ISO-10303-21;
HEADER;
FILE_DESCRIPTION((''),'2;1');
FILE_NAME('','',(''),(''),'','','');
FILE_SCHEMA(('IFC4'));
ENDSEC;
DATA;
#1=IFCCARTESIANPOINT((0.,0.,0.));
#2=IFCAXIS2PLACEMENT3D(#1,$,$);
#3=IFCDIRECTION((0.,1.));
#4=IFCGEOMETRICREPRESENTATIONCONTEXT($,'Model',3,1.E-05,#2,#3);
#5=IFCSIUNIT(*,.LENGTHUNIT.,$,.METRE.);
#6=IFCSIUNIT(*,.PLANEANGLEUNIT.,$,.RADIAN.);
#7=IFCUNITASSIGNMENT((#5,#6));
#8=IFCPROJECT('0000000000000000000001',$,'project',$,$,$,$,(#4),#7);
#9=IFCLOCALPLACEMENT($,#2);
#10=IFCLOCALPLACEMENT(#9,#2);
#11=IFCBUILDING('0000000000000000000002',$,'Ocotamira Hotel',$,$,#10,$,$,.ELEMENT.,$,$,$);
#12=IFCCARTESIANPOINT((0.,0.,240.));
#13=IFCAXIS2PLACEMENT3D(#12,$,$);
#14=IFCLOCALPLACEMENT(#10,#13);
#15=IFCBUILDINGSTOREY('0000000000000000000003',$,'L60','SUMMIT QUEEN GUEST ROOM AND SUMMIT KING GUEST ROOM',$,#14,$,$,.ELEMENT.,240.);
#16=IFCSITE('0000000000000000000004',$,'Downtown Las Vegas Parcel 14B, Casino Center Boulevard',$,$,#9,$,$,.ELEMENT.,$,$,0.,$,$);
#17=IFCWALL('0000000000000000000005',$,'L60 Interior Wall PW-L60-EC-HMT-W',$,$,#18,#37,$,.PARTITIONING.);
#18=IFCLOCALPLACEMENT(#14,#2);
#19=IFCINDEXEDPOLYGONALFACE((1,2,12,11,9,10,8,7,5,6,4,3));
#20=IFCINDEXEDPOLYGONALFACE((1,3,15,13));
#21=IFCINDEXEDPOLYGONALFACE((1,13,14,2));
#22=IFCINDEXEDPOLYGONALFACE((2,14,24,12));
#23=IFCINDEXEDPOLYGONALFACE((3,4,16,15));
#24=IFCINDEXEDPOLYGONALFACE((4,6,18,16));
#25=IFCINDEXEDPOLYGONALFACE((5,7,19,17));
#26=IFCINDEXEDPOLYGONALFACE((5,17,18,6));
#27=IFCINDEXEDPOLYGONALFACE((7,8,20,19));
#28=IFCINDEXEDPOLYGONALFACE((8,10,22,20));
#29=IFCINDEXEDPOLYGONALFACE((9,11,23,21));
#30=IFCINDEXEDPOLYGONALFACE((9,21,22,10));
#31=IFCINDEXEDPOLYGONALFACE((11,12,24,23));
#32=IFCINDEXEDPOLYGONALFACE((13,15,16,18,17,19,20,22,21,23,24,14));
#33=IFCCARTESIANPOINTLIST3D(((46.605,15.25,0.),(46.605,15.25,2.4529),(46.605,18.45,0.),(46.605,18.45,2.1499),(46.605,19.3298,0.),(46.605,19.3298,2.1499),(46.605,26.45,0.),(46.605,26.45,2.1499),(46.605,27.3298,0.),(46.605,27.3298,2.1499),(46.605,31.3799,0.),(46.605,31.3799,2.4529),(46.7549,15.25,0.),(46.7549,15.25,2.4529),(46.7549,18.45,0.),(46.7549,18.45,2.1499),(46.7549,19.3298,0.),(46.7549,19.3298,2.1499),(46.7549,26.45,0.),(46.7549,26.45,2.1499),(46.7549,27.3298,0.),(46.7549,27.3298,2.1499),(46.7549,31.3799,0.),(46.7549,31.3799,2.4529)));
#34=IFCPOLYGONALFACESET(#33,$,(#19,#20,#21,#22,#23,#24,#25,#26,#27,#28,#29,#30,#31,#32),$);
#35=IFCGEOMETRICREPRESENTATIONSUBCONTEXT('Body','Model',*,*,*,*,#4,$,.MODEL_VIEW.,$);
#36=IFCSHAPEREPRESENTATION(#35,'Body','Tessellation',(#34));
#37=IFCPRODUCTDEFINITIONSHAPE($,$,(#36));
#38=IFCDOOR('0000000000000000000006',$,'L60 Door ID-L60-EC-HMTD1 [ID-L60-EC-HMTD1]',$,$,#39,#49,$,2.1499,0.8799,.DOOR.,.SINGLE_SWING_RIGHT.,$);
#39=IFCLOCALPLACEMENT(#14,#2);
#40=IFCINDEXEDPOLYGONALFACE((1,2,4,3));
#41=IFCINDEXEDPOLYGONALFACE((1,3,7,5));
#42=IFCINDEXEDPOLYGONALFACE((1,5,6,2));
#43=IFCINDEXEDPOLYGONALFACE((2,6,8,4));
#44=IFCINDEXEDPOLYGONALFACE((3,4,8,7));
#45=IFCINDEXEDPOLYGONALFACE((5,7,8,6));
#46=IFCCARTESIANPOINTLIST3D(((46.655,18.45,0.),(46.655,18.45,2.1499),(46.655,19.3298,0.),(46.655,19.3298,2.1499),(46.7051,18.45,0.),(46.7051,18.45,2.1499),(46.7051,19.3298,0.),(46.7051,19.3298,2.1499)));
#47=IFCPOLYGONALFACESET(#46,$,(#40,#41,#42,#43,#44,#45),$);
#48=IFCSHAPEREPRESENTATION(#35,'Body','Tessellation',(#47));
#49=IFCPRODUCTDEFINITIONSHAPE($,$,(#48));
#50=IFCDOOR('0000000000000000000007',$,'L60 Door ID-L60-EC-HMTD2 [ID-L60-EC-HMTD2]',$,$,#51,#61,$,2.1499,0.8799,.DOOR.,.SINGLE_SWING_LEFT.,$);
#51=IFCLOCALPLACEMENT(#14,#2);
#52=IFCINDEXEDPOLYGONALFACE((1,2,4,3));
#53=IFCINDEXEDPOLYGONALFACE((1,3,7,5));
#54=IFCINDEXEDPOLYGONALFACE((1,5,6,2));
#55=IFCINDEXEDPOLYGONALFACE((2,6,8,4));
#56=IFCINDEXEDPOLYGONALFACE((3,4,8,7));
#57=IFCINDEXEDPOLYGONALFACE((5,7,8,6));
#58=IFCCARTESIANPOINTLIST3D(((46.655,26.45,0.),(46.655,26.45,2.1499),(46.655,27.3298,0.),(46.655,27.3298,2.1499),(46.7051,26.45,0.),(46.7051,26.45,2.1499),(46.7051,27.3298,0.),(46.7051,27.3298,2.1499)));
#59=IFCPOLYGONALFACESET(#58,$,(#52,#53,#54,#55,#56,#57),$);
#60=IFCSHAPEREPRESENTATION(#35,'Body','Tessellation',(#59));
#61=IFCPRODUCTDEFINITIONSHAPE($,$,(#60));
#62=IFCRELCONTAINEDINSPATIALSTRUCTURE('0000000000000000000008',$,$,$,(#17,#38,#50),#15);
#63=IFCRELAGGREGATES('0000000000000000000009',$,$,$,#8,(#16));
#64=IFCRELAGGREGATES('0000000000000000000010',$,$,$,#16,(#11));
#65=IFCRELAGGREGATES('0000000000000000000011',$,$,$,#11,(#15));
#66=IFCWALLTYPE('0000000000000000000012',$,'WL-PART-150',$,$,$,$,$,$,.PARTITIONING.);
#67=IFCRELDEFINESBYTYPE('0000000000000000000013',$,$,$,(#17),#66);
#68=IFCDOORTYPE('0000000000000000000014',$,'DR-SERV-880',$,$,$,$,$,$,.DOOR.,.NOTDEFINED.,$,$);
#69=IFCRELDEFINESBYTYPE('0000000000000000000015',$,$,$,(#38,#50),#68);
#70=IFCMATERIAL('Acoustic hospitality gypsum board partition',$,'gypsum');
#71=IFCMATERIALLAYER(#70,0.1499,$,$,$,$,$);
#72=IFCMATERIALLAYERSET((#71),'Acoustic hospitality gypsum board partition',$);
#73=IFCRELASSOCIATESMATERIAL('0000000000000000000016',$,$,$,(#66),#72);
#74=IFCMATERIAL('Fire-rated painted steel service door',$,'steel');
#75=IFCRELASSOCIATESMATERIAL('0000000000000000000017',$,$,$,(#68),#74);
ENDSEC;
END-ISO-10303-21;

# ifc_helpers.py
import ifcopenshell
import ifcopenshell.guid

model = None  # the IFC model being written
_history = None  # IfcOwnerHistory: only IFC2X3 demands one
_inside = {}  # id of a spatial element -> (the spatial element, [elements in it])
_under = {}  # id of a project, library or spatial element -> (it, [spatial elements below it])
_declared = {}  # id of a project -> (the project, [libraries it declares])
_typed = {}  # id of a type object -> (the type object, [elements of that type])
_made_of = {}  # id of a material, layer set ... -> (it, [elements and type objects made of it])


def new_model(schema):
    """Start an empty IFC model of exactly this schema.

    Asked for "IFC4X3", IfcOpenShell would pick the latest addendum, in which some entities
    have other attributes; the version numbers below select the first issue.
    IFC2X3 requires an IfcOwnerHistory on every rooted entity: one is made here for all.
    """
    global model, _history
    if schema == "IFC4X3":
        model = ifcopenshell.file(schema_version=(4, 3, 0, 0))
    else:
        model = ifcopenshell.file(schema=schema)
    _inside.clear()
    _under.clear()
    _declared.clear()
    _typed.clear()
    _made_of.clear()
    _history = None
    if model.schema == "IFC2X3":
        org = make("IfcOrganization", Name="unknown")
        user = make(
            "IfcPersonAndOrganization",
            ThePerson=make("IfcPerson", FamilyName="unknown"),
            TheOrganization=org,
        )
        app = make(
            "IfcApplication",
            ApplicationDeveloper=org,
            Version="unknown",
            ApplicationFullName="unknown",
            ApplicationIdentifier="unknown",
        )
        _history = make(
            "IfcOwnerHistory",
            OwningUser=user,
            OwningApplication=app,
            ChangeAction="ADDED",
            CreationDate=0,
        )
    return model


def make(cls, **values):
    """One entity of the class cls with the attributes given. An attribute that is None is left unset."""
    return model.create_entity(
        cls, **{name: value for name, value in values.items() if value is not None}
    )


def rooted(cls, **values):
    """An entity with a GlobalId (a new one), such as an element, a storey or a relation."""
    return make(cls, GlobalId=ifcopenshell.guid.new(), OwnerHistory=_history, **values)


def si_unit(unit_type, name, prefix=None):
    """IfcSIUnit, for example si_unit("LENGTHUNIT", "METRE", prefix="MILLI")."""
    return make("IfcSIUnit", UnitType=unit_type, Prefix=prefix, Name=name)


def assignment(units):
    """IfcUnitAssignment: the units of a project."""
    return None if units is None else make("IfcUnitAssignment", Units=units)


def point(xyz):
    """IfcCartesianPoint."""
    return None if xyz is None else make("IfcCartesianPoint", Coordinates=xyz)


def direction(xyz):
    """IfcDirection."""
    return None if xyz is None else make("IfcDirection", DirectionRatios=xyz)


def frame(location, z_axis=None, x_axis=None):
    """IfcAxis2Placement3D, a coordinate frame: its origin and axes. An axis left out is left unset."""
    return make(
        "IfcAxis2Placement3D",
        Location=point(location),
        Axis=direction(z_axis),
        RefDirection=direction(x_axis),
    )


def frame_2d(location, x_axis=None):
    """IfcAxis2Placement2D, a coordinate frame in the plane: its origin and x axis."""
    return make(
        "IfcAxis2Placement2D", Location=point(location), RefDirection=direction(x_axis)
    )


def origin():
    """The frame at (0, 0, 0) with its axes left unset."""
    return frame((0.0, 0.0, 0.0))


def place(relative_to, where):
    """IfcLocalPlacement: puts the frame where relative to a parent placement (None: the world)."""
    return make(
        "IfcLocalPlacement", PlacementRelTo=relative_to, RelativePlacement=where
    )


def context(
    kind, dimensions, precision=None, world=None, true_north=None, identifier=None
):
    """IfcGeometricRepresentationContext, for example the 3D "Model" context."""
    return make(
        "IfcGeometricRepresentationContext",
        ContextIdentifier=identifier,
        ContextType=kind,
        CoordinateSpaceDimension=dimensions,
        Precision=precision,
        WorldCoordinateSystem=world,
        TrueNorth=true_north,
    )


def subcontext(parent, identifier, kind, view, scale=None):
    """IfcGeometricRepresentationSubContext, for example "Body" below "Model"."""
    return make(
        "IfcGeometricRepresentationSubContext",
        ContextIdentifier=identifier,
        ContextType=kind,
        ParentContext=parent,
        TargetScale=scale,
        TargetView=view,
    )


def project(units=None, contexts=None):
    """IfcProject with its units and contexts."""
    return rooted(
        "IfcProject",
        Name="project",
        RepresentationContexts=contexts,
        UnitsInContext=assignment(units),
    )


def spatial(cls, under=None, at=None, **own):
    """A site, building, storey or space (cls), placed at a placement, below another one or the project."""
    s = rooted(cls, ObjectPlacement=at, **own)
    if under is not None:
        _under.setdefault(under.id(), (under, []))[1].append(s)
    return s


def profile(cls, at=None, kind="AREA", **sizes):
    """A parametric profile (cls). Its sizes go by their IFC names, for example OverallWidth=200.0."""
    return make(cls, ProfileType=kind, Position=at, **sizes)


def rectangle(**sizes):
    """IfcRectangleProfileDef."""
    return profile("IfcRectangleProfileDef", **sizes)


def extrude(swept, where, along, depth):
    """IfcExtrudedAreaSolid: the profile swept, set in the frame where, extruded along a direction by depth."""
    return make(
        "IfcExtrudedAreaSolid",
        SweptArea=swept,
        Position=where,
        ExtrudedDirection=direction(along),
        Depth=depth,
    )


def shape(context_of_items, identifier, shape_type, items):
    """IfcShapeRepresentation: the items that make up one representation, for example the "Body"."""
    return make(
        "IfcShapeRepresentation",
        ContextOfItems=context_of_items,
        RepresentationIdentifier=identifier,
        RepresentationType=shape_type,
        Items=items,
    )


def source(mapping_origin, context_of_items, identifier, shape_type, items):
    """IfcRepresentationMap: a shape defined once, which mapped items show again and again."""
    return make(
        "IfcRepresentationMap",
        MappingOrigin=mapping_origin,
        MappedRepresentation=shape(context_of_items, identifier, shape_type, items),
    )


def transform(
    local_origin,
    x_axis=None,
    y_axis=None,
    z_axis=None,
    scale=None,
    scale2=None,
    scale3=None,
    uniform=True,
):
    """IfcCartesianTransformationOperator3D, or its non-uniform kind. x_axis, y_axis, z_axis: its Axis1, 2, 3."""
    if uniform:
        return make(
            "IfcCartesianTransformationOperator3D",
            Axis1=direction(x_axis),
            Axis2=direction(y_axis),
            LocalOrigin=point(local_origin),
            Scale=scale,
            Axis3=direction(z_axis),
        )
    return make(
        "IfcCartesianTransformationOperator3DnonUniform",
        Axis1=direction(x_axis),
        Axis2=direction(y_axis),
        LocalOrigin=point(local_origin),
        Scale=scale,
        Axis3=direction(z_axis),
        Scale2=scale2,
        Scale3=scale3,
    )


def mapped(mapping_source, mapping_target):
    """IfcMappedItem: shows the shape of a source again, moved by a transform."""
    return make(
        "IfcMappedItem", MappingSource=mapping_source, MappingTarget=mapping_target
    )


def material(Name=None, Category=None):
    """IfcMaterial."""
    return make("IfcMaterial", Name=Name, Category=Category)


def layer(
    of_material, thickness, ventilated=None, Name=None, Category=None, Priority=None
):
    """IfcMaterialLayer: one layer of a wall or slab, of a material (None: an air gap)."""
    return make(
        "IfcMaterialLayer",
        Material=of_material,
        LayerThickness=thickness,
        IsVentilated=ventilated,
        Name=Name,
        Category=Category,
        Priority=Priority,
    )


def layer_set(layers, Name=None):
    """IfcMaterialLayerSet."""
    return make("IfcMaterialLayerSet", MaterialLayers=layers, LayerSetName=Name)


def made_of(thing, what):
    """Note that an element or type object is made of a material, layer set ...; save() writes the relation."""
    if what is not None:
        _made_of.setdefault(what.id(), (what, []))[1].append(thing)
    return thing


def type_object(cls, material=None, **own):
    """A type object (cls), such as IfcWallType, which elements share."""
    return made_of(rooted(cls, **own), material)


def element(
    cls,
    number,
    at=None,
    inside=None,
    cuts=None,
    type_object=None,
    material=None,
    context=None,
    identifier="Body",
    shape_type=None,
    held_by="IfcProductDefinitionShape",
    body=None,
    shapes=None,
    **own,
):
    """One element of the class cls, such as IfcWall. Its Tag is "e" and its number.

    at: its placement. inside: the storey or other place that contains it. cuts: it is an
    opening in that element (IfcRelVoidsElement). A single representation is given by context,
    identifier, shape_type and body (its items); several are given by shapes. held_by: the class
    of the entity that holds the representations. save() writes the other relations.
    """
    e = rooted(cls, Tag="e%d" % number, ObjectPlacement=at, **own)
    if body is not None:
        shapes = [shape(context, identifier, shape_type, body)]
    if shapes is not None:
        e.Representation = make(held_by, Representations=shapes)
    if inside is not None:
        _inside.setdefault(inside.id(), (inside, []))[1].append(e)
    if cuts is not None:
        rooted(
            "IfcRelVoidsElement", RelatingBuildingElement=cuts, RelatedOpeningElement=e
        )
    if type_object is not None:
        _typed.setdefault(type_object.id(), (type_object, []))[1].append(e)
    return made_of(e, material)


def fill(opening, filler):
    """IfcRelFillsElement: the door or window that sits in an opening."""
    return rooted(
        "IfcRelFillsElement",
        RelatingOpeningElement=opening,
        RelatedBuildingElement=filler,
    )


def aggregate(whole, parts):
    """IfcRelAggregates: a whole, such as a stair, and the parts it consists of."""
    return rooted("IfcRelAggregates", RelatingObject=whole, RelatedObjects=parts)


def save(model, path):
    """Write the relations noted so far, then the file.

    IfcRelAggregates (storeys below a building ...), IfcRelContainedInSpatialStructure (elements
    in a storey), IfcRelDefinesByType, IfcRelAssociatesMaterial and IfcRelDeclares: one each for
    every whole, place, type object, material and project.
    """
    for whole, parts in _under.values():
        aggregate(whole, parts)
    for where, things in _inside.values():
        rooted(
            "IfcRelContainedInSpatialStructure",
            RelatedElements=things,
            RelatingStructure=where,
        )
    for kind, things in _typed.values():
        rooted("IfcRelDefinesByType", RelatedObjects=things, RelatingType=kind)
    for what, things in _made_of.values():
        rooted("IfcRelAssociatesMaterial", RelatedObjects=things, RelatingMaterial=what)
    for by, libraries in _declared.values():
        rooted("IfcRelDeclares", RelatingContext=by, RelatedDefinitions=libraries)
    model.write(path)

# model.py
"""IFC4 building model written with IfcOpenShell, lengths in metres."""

from ifc_helpers import new_model, si_unit, direction, frame, frame_2d, origin, place, context, subcontext, project, spatial, rectangle, extrude, source, transform, mapped, material, layer, layer_set, type_object, element, fill, save


model = new_model("IFC4")

# Units and contexts
model_context = context("Model", 3, precision=1e-05, world=origin(), true_north=direction((0.0, 1.0)))
body_context = subcontext(model_context, "Body", "Model", "MODEL_VIEW")
ifc_project = project(units=[si_unit("LENGTHUNIT", "METRE"), si_unit("PLANEANGLEUNIT", "RADIAN")], contexts=[model_context])

# Site, building, storey
site_placement = place(None, origin())
site = spatial("IfcSite", under=ifc_project, at=site_placement, Name="Downtown Las Vegas Parcel 14B, Casino Center Boulevard", CompositionType="ELEMENT", RefElevation=0.0)
building_placement = place(site_placement, origin())
building = spatial("IfcBuilding", under=site, at=building_placement, Name="Ocotamira Hotel", CompositionType="ELEMENT")
storey_placement = place(building_placement, frame((0.0, 0.0, 240.0)))
storey = spatial("IfcBuildingStorey", under=building, at=storey_placement, Name="L60", Description="SUMMIT QUEEN GUEST ROOM AND SUMMIT KING GUEST ROOM", CompositionType="ELEMENT", Elevation=240.0)

# Wall, openings, doors
ifc_material_1 = material(Name="Acoustic hospitality gypsum board partition", Category="gypsum")
ifc_layer_1 = layer(ifc_material_1, 0.1499)
ifc_layer_set_1 = layer_set([ifc_layer_1], Name="Acoustic hospitality gypsum board partition")
wall_type_1 = type_object("IfcWallType", Name="WL-PART-150", PredefinedType="PARTITIONING", material=ifc_layer_set_1)
wall_1_placement = place(storey_placement, frame((46.6799, 15.25, 0.0), z_axis=(0.0, 0.0, 1.0), x_axis=(0.0, 1.0, 0.0)))
wall_1 = element("IfcWall", 1, at=wall_1_placement, inside=storey, type_object=wall_type_1, Name="L60 Interior Wall PW-L60-EC-HMT-W", PredefinedType="PARTITIONING", context=body_context, shape_type="SweptSolid", body=[
    extrude(rectangle(XDim=16.1299, YDim=0.1499, at=frame_2d((8.0649, 0.0))), origin(), (0.0, 0.0, 1.0), 2.4529),
])
opening_1_placement = place(wall_1_placement, frame((3.2, 0.0, 0.0)))
opening_1 = element("IfcOpeningElement", 2, at=opening_1_placement, cuts=wall_1, PredefinedType="OPENING", context=body_context, shape_type="SweptSolid", body=[
    extrude(rectangle(XDim=0.8799, YDim=2.1499, at=frame_2d((0.4399, 1.075))), frame((0.0, 0.085, 0.0), z_axis=(0.0, -1.0, 0.0), x_axis=(1.0, 0.0, 0.0)), (0.0, 0.0, 1.0), 0.1699),
])
opening_2_placement = place(wall_1_placement, frame((11.2, 0.0, 0.0)))
opening_2 = element("IfcOpeningElement", 3, at=opening_2_placement, cuts=wall_1, PredefinedType="OPENING", context=body_context, shape_type="SweptSolid", body=[
    extrude(rectangle(XDim=0.8799, YDim=2.1499, at=frame_2d((0.4399, 1.075))), frame((0.0, 0.085, 0.0), z_axis=(0.0, -1.0, 0.0), x_axis=(1.0, 0.0, 0.0)), (0.0, 0.0, 1.0), 0.1699),
])
ifc_material_2 = material(Name="Fire-rated painted steel service door", Category="steel")
door_type_1 = type_object("IfcDoorType", Name="DR-SERV-880", OperationType="NOTDEFINED", PredefinedType="DOOR", material=ifc_material_2)
shared_shape_1 = source(origin(), body_context, "Body", "SweptSolid", [
    extrude(rectangle(XDim=0.8799, YDim=2.1499, at=frame_2d((0.4399, 1.075))), frame((0.0, 0.0249, 0.0), z_axis=(0.0, -1.0, 0.0), x_axis=(1.0, 0.0, 0.0)), (0.0, 0.0, 1.0), 0.05),
])
door_1_placement = place(opening_1_placement, origin())
door_1 = element("IfcDoor", 4, at=door_1_placement, inside=storey, type_object=door_type_1, Name="L60 Door ID-L60-EC-HMTD1 [ID-L60-EC-HMTD1]", OperationType="SINGLE_SWING_RIGHT", OverallHeight=2.1499, OverallWidth=0.8799, PredefinedType="DOOR", context=body_context, shape_type="MappedRepresentation", body=[
    mapped(shared_shape_1, transform((0.0, 0.0, 0.0), scale=1.0)),
])
fill(opening_1, door_1)
door_2_placement = place(opening_2_placement, origin())
door_2 = element("IfcDoor", 5, at=door_2_placement, inside=storey, type_object=door_type_1, Name="L60 Door ID-L60-EC-HMTD2 [ID-L60-EC-HMTD2]", OperationType="SINGLE_SWING_LEFT", OverallHeight=2.1499, OverallWidth=0.8799, PredefinedType="DOOR", context=body_context, shape_type="MappedRepresentation", body=[
    mapped(shared_shape_1, transform((0.0, 0.0, 0.0), scale=1.0)),
])
fill(opening_2, door_2)

save(model, "model.ifc")
